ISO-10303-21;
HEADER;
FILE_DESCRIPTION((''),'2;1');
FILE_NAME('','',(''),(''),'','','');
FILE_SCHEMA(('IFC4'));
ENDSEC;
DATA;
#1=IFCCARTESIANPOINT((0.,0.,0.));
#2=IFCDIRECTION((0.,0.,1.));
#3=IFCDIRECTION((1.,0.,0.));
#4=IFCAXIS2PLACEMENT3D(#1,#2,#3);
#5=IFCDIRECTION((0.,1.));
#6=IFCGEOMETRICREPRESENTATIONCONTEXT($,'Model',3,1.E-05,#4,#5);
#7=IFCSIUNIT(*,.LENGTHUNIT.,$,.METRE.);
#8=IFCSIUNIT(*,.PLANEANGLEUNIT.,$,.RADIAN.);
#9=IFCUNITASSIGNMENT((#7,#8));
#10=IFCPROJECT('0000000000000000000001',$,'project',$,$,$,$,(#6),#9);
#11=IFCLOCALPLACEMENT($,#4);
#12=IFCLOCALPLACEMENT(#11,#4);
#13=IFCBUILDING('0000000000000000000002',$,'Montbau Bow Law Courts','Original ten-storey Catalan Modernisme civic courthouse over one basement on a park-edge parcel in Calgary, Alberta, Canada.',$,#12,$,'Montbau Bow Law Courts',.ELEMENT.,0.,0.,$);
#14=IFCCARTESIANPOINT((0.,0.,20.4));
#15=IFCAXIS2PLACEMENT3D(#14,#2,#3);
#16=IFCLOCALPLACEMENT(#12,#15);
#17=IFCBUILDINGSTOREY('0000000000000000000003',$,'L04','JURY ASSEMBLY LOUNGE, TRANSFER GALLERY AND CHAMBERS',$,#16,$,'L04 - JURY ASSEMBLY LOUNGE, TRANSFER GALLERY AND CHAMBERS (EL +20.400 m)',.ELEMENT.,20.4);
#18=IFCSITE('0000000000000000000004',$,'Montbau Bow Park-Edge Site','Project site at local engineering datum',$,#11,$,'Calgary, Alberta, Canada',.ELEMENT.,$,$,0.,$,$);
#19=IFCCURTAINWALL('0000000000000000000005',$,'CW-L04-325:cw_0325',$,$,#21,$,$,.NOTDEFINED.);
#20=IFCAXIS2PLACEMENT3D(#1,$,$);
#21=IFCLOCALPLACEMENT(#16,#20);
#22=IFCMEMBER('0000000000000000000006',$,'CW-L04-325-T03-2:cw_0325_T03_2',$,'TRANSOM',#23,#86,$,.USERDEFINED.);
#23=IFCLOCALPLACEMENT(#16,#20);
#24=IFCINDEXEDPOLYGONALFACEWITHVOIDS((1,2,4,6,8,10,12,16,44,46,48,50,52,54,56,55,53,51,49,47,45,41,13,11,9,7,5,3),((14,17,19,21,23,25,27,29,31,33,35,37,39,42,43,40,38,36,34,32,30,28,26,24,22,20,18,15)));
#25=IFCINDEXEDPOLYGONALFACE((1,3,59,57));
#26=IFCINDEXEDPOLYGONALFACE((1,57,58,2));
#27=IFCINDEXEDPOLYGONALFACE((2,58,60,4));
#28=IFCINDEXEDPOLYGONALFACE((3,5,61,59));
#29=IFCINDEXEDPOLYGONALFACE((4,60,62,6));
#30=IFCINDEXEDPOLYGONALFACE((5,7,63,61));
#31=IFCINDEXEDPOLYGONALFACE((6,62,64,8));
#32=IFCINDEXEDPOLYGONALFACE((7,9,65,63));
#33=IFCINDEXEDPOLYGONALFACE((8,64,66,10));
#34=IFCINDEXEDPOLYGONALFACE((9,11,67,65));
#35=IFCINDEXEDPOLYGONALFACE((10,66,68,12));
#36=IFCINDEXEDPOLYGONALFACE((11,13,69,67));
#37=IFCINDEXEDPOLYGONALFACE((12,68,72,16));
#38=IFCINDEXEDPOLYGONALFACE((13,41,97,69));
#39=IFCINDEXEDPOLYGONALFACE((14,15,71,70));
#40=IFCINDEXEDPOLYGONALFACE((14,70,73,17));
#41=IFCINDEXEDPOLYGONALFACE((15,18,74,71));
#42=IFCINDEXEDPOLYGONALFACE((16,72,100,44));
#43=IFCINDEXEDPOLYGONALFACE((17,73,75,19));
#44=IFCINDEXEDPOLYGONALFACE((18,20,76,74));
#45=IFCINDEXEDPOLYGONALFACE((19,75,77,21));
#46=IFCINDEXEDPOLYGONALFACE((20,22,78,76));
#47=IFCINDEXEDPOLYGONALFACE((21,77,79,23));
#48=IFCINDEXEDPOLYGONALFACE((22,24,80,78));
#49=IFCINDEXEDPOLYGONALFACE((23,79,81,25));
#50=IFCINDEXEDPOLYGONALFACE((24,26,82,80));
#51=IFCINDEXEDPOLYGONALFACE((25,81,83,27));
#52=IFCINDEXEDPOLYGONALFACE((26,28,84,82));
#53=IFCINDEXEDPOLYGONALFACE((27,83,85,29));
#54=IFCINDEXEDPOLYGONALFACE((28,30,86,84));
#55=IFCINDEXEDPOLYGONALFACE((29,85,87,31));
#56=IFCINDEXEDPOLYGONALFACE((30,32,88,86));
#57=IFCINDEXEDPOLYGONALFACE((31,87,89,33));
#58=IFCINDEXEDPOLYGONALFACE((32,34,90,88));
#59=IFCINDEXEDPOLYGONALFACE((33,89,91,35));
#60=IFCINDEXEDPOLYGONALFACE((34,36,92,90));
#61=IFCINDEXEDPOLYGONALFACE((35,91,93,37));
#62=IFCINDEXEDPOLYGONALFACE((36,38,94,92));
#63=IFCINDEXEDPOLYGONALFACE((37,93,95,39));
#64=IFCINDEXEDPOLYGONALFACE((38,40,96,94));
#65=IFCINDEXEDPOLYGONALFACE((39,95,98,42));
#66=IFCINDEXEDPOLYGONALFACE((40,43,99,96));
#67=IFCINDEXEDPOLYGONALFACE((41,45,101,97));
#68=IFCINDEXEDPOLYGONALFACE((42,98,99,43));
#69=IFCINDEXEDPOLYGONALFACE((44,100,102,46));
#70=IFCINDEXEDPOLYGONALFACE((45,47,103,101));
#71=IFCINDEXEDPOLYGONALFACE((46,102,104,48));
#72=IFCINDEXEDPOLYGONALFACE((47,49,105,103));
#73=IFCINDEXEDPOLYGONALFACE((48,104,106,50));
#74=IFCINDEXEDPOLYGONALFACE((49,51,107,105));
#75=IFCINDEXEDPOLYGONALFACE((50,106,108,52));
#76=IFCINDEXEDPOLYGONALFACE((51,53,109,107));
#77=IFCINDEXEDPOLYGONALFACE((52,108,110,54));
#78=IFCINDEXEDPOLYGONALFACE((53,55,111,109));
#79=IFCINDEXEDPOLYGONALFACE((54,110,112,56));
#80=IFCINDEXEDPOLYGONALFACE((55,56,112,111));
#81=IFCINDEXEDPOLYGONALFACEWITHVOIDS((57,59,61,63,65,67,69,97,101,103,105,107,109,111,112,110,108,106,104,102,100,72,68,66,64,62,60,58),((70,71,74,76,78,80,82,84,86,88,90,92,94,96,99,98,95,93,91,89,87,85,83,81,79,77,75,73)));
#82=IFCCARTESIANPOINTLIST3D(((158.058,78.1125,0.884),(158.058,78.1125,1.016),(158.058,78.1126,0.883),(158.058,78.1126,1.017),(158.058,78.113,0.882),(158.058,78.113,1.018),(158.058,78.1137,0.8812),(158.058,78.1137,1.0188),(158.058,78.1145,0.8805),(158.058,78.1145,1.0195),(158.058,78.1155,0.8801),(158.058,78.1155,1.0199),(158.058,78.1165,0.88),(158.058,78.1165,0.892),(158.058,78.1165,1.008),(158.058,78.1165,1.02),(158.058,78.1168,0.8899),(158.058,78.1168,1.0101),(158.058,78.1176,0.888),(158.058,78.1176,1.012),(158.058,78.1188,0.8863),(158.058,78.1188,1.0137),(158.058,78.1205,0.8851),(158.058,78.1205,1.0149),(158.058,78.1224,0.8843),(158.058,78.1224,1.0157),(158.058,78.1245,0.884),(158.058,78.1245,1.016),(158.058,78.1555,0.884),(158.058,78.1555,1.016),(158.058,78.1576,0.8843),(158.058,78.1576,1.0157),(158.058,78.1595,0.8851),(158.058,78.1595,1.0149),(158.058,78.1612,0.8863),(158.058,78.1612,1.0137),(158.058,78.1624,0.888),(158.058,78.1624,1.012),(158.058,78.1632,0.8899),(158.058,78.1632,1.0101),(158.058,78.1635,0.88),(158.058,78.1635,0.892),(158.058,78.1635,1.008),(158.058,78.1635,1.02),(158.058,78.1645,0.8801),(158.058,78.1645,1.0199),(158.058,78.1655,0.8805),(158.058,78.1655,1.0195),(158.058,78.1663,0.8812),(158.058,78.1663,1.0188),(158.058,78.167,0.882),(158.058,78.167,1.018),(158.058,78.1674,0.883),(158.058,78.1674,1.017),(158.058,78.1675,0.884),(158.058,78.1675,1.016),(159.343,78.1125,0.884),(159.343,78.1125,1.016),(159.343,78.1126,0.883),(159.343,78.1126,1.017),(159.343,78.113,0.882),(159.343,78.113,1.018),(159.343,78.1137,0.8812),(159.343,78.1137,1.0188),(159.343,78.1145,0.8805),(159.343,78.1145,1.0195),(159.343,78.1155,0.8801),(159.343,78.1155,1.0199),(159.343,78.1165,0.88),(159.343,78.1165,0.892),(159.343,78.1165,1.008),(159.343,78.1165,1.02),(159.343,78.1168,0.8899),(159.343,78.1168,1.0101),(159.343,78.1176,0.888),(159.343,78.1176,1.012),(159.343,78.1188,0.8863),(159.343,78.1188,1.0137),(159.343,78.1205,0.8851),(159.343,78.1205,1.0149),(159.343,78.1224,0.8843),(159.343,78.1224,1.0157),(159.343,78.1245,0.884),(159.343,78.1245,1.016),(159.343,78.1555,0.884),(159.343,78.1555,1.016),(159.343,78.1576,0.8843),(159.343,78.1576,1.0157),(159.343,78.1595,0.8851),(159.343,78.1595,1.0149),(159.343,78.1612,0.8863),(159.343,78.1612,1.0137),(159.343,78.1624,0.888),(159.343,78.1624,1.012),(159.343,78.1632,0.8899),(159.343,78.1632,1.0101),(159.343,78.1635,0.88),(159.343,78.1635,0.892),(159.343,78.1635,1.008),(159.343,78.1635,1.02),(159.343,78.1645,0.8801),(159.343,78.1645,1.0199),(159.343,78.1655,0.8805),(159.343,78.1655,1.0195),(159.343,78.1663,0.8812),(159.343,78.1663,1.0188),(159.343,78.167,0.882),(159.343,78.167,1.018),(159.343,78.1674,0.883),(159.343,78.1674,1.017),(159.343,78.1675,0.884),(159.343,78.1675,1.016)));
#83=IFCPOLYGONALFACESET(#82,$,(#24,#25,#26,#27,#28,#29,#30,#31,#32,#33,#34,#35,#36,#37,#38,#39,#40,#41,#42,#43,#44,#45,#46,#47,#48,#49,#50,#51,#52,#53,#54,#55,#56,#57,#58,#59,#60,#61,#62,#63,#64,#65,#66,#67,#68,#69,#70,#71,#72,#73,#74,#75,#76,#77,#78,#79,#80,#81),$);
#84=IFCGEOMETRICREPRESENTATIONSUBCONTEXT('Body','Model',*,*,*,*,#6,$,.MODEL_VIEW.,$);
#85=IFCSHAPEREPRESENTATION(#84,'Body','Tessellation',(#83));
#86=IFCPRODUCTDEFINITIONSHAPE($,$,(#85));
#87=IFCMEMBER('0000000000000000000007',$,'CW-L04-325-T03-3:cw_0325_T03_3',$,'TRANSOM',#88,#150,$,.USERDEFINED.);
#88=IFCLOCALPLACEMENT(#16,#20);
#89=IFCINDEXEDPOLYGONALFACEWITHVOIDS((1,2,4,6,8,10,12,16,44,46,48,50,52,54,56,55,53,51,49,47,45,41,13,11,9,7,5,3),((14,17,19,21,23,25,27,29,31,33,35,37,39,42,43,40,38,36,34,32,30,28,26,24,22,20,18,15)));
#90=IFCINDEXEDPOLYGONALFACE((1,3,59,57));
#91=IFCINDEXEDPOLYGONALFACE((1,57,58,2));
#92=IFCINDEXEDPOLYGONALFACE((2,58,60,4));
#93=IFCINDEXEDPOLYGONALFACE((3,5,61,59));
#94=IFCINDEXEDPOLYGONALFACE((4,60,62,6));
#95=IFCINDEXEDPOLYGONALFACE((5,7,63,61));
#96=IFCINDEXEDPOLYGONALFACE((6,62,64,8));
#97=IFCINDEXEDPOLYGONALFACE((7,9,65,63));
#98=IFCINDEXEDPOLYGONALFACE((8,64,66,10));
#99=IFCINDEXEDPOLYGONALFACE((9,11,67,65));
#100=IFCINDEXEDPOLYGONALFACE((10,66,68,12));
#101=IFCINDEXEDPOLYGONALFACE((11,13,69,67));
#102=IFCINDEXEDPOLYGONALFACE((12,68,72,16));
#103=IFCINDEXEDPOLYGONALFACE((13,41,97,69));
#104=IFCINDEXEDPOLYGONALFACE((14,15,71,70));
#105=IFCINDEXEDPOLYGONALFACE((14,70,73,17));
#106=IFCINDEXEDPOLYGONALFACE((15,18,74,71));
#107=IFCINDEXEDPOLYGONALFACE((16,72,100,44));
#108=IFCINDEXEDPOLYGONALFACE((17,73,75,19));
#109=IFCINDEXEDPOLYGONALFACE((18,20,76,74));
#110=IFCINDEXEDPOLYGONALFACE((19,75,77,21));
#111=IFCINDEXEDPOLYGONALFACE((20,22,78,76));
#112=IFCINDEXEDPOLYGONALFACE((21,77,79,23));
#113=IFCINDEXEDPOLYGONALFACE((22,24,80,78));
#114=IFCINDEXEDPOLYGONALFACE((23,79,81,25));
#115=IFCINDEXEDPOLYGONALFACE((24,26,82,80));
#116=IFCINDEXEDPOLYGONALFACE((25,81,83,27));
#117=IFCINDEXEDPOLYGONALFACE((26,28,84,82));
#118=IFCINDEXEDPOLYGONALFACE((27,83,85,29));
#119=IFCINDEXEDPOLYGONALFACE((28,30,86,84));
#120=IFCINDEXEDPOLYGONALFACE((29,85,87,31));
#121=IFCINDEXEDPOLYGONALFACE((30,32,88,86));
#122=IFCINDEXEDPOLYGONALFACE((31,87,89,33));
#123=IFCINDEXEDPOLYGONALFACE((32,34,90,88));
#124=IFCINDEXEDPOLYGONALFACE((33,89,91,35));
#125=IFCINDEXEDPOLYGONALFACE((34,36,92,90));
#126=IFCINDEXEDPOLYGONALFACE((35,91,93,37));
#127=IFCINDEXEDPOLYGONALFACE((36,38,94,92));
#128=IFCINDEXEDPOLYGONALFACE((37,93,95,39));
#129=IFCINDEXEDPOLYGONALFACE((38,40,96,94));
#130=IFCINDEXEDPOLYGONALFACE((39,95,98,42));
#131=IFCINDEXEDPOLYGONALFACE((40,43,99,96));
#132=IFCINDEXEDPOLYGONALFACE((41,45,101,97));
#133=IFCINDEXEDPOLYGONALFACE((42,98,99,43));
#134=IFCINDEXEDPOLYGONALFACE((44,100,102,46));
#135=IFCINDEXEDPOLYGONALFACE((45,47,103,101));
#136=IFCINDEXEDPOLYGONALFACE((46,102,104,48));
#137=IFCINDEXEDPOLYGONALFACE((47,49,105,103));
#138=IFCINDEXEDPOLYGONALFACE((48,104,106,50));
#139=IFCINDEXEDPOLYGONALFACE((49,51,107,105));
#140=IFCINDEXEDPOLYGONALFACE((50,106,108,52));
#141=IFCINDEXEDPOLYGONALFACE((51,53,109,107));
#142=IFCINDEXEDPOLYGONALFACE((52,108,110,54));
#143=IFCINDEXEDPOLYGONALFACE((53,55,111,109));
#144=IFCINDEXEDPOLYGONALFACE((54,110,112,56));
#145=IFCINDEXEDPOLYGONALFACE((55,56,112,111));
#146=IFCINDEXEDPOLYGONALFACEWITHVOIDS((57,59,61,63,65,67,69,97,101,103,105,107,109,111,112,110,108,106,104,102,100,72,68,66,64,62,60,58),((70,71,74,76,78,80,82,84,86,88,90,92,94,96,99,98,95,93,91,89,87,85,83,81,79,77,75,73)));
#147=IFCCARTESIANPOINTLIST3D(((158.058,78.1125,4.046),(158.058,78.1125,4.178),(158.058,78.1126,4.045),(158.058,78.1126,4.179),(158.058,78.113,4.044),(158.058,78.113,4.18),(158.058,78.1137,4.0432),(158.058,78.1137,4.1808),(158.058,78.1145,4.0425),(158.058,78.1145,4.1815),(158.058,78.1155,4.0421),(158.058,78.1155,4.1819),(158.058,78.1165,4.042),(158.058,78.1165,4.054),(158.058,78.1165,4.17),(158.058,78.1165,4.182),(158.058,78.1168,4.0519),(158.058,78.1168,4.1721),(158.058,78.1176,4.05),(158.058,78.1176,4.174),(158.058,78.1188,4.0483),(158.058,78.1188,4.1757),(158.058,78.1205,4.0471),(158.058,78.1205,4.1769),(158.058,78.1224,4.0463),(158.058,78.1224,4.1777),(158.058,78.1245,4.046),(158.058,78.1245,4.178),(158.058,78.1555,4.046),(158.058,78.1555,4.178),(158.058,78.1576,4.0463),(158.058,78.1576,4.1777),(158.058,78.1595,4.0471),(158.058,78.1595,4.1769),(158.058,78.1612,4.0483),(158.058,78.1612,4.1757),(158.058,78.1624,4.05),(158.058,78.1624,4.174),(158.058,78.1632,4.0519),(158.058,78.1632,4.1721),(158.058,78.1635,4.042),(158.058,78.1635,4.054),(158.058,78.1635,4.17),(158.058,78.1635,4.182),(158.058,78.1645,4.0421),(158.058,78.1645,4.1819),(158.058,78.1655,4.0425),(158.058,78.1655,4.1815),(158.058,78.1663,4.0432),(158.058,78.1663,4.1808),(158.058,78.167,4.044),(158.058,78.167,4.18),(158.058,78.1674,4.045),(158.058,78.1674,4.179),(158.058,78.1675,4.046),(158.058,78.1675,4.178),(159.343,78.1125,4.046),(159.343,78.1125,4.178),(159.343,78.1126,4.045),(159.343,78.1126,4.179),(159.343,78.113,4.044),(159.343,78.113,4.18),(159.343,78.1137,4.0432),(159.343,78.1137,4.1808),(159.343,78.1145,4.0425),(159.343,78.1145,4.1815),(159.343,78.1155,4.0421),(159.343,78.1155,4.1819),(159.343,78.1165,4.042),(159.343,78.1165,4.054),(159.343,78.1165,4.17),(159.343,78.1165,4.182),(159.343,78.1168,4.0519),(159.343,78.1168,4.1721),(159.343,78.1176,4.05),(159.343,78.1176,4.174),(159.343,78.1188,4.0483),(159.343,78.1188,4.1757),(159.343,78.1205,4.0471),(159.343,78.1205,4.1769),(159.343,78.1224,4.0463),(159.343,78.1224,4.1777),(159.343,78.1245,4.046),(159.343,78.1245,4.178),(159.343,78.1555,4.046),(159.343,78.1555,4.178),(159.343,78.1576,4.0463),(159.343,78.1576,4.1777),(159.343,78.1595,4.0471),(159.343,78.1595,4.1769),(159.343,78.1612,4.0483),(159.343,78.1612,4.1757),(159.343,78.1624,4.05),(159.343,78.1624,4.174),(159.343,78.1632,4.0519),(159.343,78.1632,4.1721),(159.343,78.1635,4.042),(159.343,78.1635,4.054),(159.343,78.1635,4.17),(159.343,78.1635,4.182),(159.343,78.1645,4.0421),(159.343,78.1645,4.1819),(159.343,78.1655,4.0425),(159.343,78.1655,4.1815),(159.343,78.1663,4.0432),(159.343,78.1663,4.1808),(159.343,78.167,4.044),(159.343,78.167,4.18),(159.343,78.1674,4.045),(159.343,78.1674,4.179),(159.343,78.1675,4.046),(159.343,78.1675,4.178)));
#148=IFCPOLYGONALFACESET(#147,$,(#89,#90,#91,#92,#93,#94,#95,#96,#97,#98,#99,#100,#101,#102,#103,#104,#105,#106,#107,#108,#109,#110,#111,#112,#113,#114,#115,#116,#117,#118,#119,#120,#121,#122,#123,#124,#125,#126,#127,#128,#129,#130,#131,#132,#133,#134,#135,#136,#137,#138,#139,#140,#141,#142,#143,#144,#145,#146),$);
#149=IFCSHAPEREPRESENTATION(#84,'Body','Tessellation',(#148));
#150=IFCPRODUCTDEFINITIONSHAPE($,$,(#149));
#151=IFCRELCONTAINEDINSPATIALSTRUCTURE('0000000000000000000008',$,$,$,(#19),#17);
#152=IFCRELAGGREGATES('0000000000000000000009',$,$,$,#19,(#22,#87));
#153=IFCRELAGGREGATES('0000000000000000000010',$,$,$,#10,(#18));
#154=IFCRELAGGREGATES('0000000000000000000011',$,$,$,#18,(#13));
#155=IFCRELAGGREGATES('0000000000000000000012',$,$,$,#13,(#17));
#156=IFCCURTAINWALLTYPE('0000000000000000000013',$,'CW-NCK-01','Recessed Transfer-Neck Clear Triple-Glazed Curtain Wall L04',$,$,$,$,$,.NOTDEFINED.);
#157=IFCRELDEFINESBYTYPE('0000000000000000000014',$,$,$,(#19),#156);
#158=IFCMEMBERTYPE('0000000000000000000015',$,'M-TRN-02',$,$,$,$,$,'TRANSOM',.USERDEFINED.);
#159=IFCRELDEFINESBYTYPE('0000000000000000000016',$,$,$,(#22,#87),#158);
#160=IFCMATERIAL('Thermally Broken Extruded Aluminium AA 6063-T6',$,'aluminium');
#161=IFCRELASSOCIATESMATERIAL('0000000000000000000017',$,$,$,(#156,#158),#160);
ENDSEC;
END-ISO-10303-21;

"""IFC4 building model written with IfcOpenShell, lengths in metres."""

from ifc_helpers import new_model, si_unit, direction, frame, origin_with_axes, origin_2d_with_axis, place, context, subcontext, project, spatial, hollow_rectangle, extrude, material, material_profile, profile_set, type_object, element, aggregate, save


model = new_model("IFC4")

# Units and contexts
model_context = context("Model", 3, precision=1e-05, world=origin_with_axes(), true_north=direction((0.0, 1.0)))
body_context = subcontext(model_context, "Body", "Model", "MODEL_VIEW")
ifc_project = project(units=[si_unit("LENGTHUNIT", "METRE"), si_unit("PLANEANGLEUNIT", "RADIAN")], contexts=[model_context])

# Site, building, storey
site_placement = place(None, origin_with_axes())
site = spatial("IfcSite", under=ifc_project, at=site_placement, Name="Montbau Bow Park-Edge Site", Description="Project site at local engineering datum", LongName="Calgary, Alberta, Canada", CompositionType="ELEMENT", RefElevation=0.0)
building_placement = place(site_placement, origin_with_axes())
building = spatial("IfcBuilding", under=site, at=building_placement, Name="Montbau Bow Law Courts", Description="Original ten-storey Catalan Modernisme civic courthouse over one basement on a park-edge parcel in Calgary, Alberta, Canada.", LongName="Montbau Bow Law Courts", CompositionType="ELEMENT", ElevationOfRefHeight=0.0, ElevationOfTerrain=0.0)
storey_placement = place(building_placement, frame((0.0, 0.0, 20.4), z_axis=(0.0, 0.0, 1.0), x_axis=(1.0, 0.0, 0.0)))
storey = spatial("IfcBuildingStorey", under=building, at=storey_placement, Name="L04", Description="JURY ASSEMBLY LOUNGE, TRANSFER GALLERY AND CHAMBERS", LongName="L04 - JURY ASSEMBLY LOUNGE, TRANSFER GALLERY AND CHAMBERS (EL +20.400 m)", CompositionType="ELEMENT", Elevation=20.4)

# Curtain wall, members
ifc_material_1 = material(Name="Thermally Broken Extruded Aluminium AA 6063-T6", Category="aluminium")
curtain_wall_type = type_object("IfcCurtainWallType", Name="CW-NCK-01", Description="Recessed Transfer-Neck Clear Triple-Glazed Curtain Wall L04", PredefinedType="NOTDEFINED", material=ifc_material_1)
curtain_wall_placement = place(None, frame((155.315, 78.14, 20.4), z_axis=(0.0, 0.0, 1.0), x_axis=(1.0, 0.0, 0.0)))
curtain_wall = element("IfcCurtainWall", 1, at=curtain_wall_placement, inside=storey, type_object=curtain_wall_type, Name="CW-L04-325:cw_0325", PredefinedType="NOTDEFINED")
ifc_material_profile_1 = material_profile(ifc_material_1, hollow_rectangle(XDim=0.055, YDim=0.14, WallThickness=0.004, InnerFilletRadius=0.008, OuterFilletRadius=0.004, at=origin_2d_with_axis()), Name="CWT-140X55", Category="Main", Priority=0)
ifc_profile_set_1 = profile_set([ifc_material_profile_1], Name="Thermally Broken Extruded Aluminium AA 6063-T6")
member_type_1 = type_object("IfcMemberType", Name="M-TRN-02", ElementType="TRANSOM", PredefinedType="USERDEFINED", material=ifc_profile_set_1)
member_1_placement = place(None, frame((158.058, 78.14, 21.35), z_axis=(1.0, 0.0, 0.0), x_axis=(0.0, 1.0, 0.0)))
member_1 = element("IfcMember", 2, at=member_1_placement, type_object=member_type_1, Name="CW-L04-325-T03-2:cw_0325_T03_2", ObjectType="TRANSOM", PredefinedType="USERDEFINED", context=body_context, shape_type="SweptSolid", body=[
    extrude(hollow_rectangle(XDim=0.055, YDim=0.14, WallThickness=0.004, InnerFilletRadius=0.008, OuterFilletRadius=0.004, at=origin_2d_with_axis()), origin_with_axes(), (0.0, 0.0, 1.0), 1.285),
])
member_2_placement = place(None, frame((158.058, 78.14, 24.512), z_axis=(1.0, 0.0, 0.0), x_axis=(0.0, 1.0, 0.0)))
member_2 = element("IfcMember", 3, at=member_2_placement, type_object=member_type_1, Name="CW-L04-325-T03-3:cw_0325_T03_3", ObjectType="TRANSOM", PredefinedType="USERDEFINED", context=body_context, shape_type="SweptSolid", body=[
    extrude(hollow_rectangle(XDim=0.055, YDim=0.14, WallThickness=0.004, InnerFilletRadius=0.008, OuterFilletRadius=0.004, at=origin_2d_with_axis()), origin_with_axes(), (0.0, 0.0, 1.0), 1.285),
])
aggregate(curtain_wall, [member_1, member_2])

save(model, "model.ifc")
